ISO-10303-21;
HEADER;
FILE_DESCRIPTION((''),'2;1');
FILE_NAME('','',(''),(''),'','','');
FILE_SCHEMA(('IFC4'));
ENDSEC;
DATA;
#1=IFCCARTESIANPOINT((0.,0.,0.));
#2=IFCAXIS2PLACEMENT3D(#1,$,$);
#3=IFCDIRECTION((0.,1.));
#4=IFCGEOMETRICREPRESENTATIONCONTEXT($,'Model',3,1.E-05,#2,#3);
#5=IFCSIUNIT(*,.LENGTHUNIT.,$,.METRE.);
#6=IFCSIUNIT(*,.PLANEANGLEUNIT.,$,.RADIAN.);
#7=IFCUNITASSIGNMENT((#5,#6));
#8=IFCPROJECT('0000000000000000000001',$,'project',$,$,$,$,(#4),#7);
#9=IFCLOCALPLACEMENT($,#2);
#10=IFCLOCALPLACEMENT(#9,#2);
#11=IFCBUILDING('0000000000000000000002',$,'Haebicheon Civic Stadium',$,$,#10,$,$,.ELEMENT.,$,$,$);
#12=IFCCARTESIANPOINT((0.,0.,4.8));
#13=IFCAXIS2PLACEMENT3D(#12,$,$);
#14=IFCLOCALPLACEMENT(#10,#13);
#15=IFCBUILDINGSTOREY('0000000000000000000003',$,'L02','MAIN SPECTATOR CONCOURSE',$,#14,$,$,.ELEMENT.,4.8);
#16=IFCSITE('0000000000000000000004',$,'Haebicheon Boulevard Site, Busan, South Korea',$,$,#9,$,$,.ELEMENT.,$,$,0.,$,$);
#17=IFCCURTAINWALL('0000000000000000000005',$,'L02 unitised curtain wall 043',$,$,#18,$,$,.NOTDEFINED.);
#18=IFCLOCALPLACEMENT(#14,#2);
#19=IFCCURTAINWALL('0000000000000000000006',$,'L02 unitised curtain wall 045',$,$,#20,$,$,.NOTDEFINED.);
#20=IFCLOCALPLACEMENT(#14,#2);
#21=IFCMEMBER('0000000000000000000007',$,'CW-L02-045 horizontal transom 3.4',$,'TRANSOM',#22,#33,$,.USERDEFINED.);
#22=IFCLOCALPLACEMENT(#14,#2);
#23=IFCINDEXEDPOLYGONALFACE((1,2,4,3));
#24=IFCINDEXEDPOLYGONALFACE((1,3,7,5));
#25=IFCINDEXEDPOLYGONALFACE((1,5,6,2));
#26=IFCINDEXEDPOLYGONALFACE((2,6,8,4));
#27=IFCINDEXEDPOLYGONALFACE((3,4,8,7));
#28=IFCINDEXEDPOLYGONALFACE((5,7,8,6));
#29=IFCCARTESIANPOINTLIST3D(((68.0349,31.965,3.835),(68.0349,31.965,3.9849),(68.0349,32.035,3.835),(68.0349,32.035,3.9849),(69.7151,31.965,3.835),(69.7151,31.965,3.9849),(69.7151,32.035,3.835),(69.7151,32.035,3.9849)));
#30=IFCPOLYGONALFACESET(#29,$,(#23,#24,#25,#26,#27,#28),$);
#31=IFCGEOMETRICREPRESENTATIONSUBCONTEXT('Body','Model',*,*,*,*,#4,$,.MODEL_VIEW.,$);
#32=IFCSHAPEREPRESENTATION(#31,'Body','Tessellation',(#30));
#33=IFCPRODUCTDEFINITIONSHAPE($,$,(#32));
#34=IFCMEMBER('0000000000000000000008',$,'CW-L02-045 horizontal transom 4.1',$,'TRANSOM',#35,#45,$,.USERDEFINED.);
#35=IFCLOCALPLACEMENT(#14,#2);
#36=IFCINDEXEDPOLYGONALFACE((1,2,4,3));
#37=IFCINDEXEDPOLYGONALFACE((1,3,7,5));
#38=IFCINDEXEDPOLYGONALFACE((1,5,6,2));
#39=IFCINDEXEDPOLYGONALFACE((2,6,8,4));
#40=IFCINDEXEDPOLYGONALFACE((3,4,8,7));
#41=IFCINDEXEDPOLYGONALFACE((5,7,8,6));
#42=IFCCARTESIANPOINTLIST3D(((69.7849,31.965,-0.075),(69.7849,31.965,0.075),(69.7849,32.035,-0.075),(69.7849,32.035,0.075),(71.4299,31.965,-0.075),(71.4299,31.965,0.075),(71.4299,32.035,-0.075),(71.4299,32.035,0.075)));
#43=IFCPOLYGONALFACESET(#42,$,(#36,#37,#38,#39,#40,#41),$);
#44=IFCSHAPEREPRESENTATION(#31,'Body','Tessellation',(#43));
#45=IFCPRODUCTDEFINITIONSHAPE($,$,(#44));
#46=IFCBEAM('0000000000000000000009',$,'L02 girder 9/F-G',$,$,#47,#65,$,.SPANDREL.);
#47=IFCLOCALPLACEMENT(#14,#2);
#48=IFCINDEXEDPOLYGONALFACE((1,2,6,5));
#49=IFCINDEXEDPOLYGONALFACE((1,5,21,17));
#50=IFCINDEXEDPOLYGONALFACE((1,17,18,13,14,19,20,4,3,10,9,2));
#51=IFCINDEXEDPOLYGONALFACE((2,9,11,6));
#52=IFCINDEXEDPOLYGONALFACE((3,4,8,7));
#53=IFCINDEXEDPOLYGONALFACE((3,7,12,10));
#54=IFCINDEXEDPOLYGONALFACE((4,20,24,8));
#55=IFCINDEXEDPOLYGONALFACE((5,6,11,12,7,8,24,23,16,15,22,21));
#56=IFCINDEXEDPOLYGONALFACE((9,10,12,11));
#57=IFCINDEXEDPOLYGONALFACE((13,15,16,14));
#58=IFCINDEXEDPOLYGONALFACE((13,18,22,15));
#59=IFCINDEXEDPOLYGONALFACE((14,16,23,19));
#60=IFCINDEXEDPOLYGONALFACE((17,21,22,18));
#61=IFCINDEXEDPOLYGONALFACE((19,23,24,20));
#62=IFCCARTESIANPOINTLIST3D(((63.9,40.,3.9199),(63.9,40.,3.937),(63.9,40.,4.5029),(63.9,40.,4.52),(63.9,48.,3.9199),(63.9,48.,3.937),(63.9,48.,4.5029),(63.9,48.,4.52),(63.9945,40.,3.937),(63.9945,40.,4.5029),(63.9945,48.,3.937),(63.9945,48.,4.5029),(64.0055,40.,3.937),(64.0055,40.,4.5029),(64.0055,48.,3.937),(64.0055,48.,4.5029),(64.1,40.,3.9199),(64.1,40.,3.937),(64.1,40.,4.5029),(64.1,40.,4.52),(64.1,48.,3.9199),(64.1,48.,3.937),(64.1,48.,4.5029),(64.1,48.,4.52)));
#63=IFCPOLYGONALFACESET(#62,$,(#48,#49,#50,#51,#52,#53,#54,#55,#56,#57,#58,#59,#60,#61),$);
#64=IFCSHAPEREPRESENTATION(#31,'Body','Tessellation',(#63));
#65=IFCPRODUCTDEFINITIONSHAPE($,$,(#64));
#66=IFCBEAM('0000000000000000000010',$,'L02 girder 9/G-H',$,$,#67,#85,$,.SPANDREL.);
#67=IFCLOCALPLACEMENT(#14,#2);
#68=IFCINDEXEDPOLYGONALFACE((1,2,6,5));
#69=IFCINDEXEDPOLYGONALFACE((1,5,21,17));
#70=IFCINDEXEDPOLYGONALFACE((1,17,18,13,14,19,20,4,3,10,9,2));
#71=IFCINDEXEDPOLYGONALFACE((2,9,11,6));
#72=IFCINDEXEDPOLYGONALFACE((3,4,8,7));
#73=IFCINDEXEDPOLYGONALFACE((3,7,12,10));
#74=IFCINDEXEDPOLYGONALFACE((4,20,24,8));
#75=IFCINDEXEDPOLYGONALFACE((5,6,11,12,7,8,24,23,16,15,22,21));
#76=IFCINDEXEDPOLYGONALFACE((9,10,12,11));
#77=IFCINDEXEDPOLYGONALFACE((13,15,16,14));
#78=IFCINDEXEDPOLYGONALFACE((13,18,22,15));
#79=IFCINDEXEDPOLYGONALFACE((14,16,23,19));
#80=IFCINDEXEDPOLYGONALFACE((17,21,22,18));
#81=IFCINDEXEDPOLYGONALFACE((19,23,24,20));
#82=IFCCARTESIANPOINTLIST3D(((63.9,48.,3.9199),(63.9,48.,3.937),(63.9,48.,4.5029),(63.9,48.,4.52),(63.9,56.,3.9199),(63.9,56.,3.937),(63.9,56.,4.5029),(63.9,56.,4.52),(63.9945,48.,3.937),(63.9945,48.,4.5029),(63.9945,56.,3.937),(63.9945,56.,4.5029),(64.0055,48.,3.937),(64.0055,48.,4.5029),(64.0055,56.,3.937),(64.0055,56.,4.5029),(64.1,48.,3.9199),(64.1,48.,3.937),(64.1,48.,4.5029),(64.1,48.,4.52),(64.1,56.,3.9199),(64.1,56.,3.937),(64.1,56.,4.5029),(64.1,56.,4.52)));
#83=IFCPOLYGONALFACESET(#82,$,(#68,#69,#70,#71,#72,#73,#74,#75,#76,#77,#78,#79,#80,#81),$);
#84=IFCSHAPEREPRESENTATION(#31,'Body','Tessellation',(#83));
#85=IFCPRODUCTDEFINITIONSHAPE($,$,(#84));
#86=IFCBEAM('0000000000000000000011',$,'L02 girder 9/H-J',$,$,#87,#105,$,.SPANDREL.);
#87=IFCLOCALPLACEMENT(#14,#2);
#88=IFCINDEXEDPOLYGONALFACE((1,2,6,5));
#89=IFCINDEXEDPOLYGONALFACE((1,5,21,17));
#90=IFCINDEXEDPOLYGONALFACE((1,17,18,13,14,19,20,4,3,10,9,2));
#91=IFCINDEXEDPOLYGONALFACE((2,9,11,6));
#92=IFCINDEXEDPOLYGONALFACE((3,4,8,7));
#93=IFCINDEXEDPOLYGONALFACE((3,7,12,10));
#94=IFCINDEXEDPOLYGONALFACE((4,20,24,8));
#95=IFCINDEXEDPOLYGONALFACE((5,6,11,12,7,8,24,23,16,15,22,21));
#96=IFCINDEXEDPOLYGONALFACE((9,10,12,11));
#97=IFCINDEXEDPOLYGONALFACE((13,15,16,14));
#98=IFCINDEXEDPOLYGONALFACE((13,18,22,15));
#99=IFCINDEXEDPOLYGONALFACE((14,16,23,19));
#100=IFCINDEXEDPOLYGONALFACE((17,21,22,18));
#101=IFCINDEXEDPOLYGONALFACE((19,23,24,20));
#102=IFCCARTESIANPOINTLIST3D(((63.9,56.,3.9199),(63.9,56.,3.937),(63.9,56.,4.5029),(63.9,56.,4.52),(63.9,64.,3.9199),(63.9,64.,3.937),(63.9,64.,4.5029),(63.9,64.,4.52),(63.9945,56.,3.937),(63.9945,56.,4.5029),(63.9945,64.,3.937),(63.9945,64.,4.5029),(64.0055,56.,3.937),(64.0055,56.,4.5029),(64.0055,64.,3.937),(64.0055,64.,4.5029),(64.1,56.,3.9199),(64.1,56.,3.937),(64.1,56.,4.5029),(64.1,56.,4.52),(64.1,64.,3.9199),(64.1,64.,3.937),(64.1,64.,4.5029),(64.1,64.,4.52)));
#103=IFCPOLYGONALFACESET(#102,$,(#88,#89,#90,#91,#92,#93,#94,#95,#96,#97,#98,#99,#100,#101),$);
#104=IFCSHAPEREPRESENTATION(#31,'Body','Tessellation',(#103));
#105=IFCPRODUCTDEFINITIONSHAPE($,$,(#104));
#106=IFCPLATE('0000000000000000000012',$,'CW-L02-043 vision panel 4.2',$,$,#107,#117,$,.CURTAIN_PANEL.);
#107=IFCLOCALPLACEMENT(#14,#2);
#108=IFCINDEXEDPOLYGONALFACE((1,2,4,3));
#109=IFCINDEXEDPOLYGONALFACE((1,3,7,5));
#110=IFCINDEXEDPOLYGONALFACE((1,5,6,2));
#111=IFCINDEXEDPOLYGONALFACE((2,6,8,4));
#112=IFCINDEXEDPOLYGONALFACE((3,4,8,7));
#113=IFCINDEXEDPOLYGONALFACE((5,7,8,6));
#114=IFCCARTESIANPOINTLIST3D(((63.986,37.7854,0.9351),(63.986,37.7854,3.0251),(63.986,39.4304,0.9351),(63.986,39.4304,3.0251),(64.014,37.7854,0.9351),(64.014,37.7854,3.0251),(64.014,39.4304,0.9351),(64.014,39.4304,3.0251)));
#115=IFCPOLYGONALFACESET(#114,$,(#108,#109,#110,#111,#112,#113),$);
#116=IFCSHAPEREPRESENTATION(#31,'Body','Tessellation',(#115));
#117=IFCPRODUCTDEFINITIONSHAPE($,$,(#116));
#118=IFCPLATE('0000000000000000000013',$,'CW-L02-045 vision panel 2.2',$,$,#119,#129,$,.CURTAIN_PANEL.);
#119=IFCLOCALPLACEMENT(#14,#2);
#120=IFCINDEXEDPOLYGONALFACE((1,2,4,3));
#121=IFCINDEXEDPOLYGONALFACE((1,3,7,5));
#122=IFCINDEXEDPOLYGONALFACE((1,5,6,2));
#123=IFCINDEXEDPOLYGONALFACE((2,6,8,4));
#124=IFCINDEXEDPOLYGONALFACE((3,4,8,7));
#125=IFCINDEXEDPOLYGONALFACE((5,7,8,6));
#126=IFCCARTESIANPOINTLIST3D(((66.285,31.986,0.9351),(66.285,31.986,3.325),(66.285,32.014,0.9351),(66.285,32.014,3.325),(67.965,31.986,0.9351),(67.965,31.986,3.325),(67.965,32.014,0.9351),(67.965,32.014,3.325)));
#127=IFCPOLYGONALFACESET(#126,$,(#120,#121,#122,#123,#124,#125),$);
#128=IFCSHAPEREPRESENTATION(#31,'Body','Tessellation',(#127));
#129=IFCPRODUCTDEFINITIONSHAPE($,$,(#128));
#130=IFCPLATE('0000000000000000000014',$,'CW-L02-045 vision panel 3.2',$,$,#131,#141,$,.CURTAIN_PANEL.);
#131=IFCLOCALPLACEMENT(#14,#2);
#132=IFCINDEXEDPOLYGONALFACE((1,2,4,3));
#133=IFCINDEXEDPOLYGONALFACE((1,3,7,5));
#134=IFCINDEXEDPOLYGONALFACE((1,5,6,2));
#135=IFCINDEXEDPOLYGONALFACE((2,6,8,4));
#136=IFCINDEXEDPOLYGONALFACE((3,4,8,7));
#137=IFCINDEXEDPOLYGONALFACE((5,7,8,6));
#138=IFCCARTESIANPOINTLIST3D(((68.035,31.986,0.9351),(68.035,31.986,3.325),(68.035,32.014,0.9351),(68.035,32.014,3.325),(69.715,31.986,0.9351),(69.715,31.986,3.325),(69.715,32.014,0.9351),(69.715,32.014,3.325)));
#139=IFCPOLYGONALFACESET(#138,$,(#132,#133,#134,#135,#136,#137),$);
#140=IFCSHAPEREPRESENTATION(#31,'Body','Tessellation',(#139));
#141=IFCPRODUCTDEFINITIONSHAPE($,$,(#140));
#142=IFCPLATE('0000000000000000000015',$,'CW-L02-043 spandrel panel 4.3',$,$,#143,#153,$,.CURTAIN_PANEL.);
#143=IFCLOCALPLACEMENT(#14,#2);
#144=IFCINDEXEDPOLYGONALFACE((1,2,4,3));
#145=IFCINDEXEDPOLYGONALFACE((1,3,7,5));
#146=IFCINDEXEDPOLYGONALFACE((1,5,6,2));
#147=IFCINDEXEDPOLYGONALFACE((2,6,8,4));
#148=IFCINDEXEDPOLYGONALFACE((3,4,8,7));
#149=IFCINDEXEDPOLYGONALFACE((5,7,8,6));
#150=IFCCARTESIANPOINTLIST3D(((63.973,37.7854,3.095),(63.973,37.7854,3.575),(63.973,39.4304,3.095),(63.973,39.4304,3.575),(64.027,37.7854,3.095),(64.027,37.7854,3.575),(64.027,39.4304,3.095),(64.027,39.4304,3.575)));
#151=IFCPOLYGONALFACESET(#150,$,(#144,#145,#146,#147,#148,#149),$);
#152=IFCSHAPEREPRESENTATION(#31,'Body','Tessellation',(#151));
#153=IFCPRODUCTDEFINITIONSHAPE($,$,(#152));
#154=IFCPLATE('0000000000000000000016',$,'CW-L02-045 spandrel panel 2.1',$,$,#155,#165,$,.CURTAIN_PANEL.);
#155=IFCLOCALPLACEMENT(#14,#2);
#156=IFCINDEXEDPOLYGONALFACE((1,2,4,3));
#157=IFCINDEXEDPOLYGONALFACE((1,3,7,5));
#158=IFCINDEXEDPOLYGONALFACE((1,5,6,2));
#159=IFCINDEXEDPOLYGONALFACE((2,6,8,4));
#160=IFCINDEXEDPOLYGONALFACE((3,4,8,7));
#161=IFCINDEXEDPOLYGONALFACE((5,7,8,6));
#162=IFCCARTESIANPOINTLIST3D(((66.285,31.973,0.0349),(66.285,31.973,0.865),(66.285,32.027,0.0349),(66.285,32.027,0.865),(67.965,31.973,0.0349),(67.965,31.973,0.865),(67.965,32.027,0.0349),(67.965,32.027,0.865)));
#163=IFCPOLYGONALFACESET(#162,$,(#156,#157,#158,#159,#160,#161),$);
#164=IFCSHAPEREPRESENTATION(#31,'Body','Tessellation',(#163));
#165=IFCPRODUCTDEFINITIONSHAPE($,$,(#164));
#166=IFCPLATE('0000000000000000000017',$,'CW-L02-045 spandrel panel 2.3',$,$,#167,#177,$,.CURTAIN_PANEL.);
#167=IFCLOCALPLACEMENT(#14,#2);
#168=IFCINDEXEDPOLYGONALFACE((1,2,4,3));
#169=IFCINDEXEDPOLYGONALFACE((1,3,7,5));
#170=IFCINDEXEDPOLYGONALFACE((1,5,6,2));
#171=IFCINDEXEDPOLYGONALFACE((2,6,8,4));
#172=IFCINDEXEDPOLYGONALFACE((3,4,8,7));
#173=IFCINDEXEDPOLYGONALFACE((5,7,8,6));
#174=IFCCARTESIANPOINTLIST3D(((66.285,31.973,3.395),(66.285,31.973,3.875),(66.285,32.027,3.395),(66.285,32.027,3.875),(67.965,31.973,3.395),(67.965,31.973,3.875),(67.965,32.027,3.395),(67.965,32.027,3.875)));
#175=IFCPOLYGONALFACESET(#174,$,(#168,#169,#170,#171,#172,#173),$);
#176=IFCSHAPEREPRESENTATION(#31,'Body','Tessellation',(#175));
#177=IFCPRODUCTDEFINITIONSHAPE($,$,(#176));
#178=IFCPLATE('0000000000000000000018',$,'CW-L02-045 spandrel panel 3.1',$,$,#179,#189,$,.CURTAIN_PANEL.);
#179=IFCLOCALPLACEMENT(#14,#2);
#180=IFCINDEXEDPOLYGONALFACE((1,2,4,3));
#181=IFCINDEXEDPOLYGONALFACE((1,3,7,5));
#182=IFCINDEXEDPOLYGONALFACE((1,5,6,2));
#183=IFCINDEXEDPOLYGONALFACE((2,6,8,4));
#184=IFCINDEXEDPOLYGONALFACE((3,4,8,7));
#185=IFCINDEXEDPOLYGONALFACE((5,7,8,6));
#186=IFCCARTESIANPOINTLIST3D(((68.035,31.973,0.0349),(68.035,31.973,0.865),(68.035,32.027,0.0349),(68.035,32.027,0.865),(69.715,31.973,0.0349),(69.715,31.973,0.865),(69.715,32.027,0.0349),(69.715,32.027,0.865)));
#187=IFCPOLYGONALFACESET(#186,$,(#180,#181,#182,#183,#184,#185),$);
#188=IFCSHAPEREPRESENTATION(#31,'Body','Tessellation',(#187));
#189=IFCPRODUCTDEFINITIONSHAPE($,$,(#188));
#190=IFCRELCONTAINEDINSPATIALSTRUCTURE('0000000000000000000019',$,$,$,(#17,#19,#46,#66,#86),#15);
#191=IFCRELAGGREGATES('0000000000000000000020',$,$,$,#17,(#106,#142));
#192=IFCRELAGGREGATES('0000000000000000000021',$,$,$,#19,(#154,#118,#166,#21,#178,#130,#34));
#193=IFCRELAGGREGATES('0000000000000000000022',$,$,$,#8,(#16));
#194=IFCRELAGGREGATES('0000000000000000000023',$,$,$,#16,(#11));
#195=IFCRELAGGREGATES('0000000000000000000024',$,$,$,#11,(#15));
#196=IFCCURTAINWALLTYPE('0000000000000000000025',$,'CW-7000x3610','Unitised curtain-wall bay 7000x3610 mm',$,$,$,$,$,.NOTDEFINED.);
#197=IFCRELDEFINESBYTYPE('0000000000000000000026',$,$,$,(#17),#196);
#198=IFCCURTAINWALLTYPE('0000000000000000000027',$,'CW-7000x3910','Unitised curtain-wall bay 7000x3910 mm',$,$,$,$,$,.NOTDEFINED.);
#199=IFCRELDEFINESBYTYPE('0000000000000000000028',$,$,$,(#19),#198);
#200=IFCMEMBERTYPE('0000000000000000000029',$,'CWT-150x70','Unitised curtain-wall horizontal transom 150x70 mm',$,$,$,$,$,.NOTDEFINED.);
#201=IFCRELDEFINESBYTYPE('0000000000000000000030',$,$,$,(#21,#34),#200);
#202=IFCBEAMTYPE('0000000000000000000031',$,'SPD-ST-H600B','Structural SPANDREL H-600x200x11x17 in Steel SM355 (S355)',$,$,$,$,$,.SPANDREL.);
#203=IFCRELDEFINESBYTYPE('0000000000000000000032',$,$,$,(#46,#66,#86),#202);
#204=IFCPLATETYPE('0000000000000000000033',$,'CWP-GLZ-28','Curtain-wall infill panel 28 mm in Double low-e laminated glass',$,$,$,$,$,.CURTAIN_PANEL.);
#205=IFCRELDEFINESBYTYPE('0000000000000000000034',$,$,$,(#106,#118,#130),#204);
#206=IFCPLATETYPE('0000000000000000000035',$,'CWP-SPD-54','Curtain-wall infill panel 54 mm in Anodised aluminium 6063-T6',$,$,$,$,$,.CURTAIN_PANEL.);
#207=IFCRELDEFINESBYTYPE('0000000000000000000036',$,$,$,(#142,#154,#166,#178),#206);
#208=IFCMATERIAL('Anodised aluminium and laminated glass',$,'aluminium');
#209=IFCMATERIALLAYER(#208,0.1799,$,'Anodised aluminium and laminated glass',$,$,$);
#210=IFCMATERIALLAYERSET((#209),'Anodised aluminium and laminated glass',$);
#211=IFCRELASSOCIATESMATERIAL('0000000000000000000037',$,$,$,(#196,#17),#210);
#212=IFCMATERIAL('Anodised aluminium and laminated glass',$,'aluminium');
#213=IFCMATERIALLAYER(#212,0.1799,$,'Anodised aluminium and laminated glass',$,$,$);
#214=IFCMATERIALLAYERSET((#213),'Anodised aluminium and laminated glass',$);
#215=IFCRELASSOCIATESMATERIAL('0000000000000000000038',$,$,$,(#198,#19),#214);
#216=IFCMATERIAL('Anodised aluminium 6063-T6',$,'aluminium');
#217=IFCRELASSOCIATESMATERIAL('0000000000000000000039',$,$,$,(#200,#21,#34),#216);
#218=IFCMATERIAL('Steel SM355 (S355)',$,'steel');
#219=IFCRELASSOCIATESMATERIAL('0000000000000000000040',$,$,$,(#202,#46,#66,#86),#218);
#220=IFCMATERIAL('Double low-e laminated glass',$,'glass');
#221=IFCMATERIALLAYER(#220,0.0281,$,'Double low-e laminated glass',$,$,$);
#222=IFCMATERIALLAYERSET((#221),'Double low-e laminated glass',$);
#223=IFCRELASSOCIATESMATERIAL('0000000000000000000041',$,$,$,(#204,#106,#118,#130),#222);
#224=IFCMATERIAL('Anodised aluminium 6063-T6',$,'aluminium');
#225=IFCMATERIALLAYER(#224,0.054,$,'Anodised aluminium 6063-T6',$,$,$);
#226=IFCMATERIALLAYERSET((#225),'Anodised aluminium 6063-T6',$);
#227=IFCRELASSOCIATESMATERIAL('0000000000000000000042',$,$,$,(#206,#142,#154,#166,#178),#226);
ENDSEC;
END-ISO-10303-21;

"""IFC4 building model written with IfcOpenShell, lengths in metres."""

from ifc_helpers import new_model, si_unit, direction, frame, origin, origin_2d, place, context, subcontext, project, spatial, rectangle, i_section, extrude, material, layer, layer_set, material_profile, profile_set, type_object, element, aggregate, save


model = new_model("IFC4")

# Units and contexts
model_context = context("Model", 3, precision=1e-05, world=origin(), true_north=direction((0.0, 1.0)))
body_context = subcontext(model_context, "Body", "Model", "MODEL_VIEW")
ifc_project = project(units=[si_unit("LENGTHUNIT", "METRE"), si_unit("PLANEANGLEUNIT", "RADIAN")], contexts=[model_context])

# Site, building, storey
site_placement = place(None, origin())
site = spatial("IfcSite", under=ifc_project, at=site_placement, Name="Haebicheon Boulevard Site, Busan, South Korea", CompositionType="ELEMENT", RefElevation=0.0)
building_placement = place(site_placement, origin())
building = spatial("IfcBuilding", under=site, at=building_placement, Name="Haebicheon Civic Stadium", CompositionType="ELEMENT")
storey_placement = place(building_placement, frame((0.0, 0.0, 4.8)))
storey = spatial("IfcBuildingStorey", under=building, at=storey_placement, Name="L02", Description="MAIN SPECTATOR CONCOURSE", CompositionType="ELEMENT", Elevation=4.8)

# Curtain wall
ifc_material_1 = material(Name="Anodised aluminium and laminated glass", Category="aluminium")
ifc_layer_1 = layer(ifc_material_1, 0.1799, Name="Anodised aluminium and laminated glass")
ifc_layer_set_1 = layer_set([ifc_layer_1], Name="Anodised aluminium and laminated glass")
curtain_wall_type_1 = type_object("IfcCurtainWallType", Name="CW-7000x3610", Description="Unitised curtain-wall bay 7000x3610 mm", PredefinedType="NOTDEFINED", material=ifc_layer_set_1)
curtain_wall_1_placement = place(storey_placement, origin())
curtain_wall_1 = element("IfcCurtainWall", 1, at=curtain_wall_1_placement, inside=storey, type_object=curtain_wall_type_1, material=ifc_layer_set_1, Name="L02 unitised curtain wall 043", PredefinedType="NOTDEFINED")

# Curtain wall, members
ifc_material_2 = material(Name="Anodised aluminium and laminated glass", Category="aluminium")
ifc_layer_2 = layer(ifc_material_2, 0.1799, Name="Anodised aluminium and laminated glass")
ifc_layer_set_2 = layer_set([ifc_layer_2], Name="Anodised aluminium and laminated glass")
curtain_wall_type_2 = type_object("IfcCurtainWallType", Name="CW-7000x3910", Description="Unitised curtain-wall bay 7000x3910 mm", PredefinedType="NOTDEFINED", material=ifc_layer_set_2)
curtain_wall_2_placement = place(storey_placement, origin())
curtain_wall_2 = element("IfcCurtainWall", 2, at=curtain_wall_2_placement, inside=storey, type_object=curtain_wall_type_2, material=ifc_layer_set_2, Name="L02 unitised curtain wall 045", PredefinedType="NOTDEFINED")
ifc_material_3 = material(Name="Anodised aluminium 6063-T6", Category="aluminium")
ifc_material_profile_1 = material_profile(ifc_material_3, rectangle(XDim=0.0701, YDim=0.1499, at=origin_2d()), Name="ALU-TRAN-70x150")
ifc_profile_set_1 = profile_set([ifc_material_profile_1], Name="Anodised aluminium 6063-T6")
member_type_1 = type_object("IfcMemberType", Name="CWT-150x70", Description="Unitised curtain-wall horizontal transom 150x70 mm", PredefinedType="NOTDEFINED", material=ifc_profile_set_1)
member_1_placement = place(storey_placement, frame((68.0349, 32.0, 3.9099), z_axis=(1.0, 0.0, 0.0), x_axis=(0.0, 1.0, 0.0)))
member_1 = element("IfcMember", 3, at=member_1_placement, type_object=member_type_1, material=ifc_profile_set_1, Name="CW-L02-045 horizontal transom 3.4", ObjectType="TRANSOM", PredefinedType="USERDEFINED", context=body_context, shape_type="SweptSolid", body=[
    extrude(rectangle(XDim=0.0701, YDim=0.1499, at=origin_2d()), origin(), (0.0, 0.0, 1.0), 1.6802),
])
member_2_placement = place(storey_placement, frame((69.7849, 32.0, 0.0), z_axis=(1.0, 0.0, 0.0), x_axis=(0.0, 1.0, 0.0)))
member_2 = element("IfcMember", 4, at=member_2_placement, type_object=member_type_1, material=ifc_profile_set_1, Name="CW-L02-045 horizontal transom 4.1", ObjectType="TRANSOM", PredefinedType="USERDEFINED", context=body_context, shape_type="SweptSolid", body=[
    extrude(rectangle(XDim=0.0701, YDim=0.1499, at=origin_2d()), origin(), (0.0, 0.0, 1.0), 1.645),
])

# Beams
ifc_material_4 = material(Name="Steel SM355 (S355)", Category="steel")
ifc_material_profile_2 = material_profile(ifc_material_4, i_section(OverallWidth=0.2, OverallDepth=0.6001, WebThickness=0.011, FlangeThickness=0.0171, at=origin_2d()), Name="H-600x200x11x17")
ifc_profile_set_2 = profile_set([ifc_material_profile_2], Name="Steel SM355 (S355)")
beam_type_1 = type_object("IfcBeamType", Name="SPD-ST-H600B", Description="Structural SPANDREL H-600x200x11x17 in Steel SM355 (S355)", PredefinedType="SPANDREL", material=ifc_profile_set_2)
for number, where, z_axis, x_axis, name in (
    (5, (64.0, 40.0, 4.22), (0.0, 1.0, 0.0), (-1.0, 0.0, 0.0), "L02 girder 9/F-G"),
    (6, (64.0, 48.0, 4.22), (0.0, 1.0, 0.0), (-1.0, 0.0, 0.0), "L02 girder 9/G-H"),
    (7, (64.0, 56.0, 4.22), (0.0, 1.0, 0.0), (-1.0, 0.0, 0.0), "L02 girder 9/H-J"),
):
    element("IfcBeam", number, at=place(storey_placement, frame(where, z_axis=z_axis, x_axis=x_axis)), inside=storey, type_object=beam_type_1, material=ifc_profile_set_2, Name=name, PredefinedType="SPANDREL", context=body_context, shape_type="SweptSolid", body=[
        extrude(i_section(OverallWidth=0.2, OverallDepth=0.6001, WebThickness=0.011, FlangeThickness=0.0171, at=origin_2d()), origin(), (0.0, 0.0, 1.0), 8.0),
    ])

# Plates
ifc_material_5 = material(Name="Double low-e laminated glass", Category="glass")
ifc_layer_3 = layer(ifc_material_5, 0.0281, Name="Double low-e laminated glass")
ifc_layer_set_3 = layer_set([ifc_layer_3], Name="Double low-e laminated glass")
plate_type_1 = type_object("IfcPlateType", Name="CWP-GLZ-28", Description="Curtain-wall infill panel 28 mm in Double low-e laminated glass", PredefinedType="CURTAIN_PANEL", material=ifc_layer_set_3)
plate_1_placement = place(storey_placement, frame((64.0, 38.6079, 0.9351), z_axis=(0.0, 0.0, 1.0), x_axis=(0.0, 1.0, 0.0)))
plate_1 = element("IfcPlate", 8, at=plate_1_placement, type_object=plate_type_1, material=ifc_layer_set_3, Name="CW-L02-043 vision panel 4.2", PredefinedType="CURTAIN_PANEL", context=body_context, shape_type="SweptSolid", body=[
    extrude(rectangle(XDim=1.645, YDim=0.0281, at=origin_2d()), origin(), (0.0, 0.0, 1.0), 2.0901),
])
plate_2_placement = place(storey_placement, frame((67.125, 32.0, 0.9351), z_axis=(0.0, 0.0, 1.0), x_axis=(1.0, 0.0, 0.0)))
plate_2 = element("IfcPlate", 9, at=plate_2_placement, type_object=plate_type_1, material=ifc_layer_set_3, Name="CW-L02-045 vision panel 2.2", PredefinedType="CURTAIN_PANEL", context=body_context, shape_type="SweptSolid", body=[
    extrude(rectangle(XDim=1.6799, YDim=0.0281, at=origin_2d()), origin(), (0.0, 0.0, 1.0), 2.3899),
])
plate_3_placement = place(storey_placement, frame((68.875, 32.0, 0.9351), z_axis=(0.0, 0.0, 1.0), x_axis=(1.0, 0.0, 0.0)))
plate_3 = element("IfcPlate", 10, at=plate_3_placement, type_object=plate_type_1, material=ifc_layer_set_3, Name="CW-L02-045 vision panel 3.2", PredefinedType="CURTAIN_PANEL", context=body_context, shape_type="SweptSolid", body=[
    extrude(rectangle(XDim=1.6799, YDim=0.0281, at=origin_2d()), origin(), (0.0, 0.0, 1.0), 2.3899),
])
ifc_material_6 = material(Name="Anodised aluminium 6063-T6", Category="aluminium")
ifc_layer_4 = layer(ifc_material_6, 0.054, Name="Anodised aluminium 6063-T6")
ifc_layer_set_4 = layer_set([ifc_layer_4], Name="Anodised aluminium 6063-T6")
plate_type_2 = type_object("IfcPlateType", Name="CWP-SPD-54", Description="Curtain-wall infill panel 54 mm in Anodised aluminium 6063-T6", PredefinedType="CURTAIN_PANEL", material=ifc_layer_set_4)
plate_4_placement = place(storey_placement, frame((64.0, 38.6079, 3.095), z_axis=(0.0, 0.0, 1.0), x_axis=(0.0, 1.0, 0.0)))
plate_4 = element("IfcPlate", 11, at=plate_4_placement, type_object=plate_type_2, material=ifc_layer_set_4, Name="CW-L02-043 spandrel panel 4.3", PredefinedType="CURTAIN_PANEL", context=body_context, shape_type="SweptSolid", body=[
    extrude(rectangle(XDim=1.645, YDim=0.054, at=origin_2d()), origin(), (0.0, 0.0, 1.0), 0.48),
])
aggregate(curtain_wall_1, [plate_1, plate_4])
plate_5_placement = place(storey_placement, frame((67.125, 32.0, 0.0349), z_axis=(0.0, 0.0, 1.0), x_axis=(1.0, 0.0, 0.0)))
plate_5 = element("IfcPlate", 12, at=plate_5_placement, type_object=plate_type_2, material=ifc_layer_set_4, Name="CW-L02-045 spandrel panel 2.1", PredefinedType="CURTAIN_PANEL", context=body_context, shape_type="SweptSolid", body=[
    extrude(rectangle(XDim=1.6799, YDim=0.054, at=origin_2d()), origin(), (0.0, 0.0, 1.0), 0.8301),
])
plate_6_placement = place(storey_placement, frame((67.125, 32.0, 3.395), z_axis=(0.0, 0.0, 1.0), x_axis=(1.0, 0.0, 0.0)))
plate_6 = element("IfcPlate", 13, at=plate_6_placement, type_object=plate_type_2, material=ifc_layer_set_4, Name="CW-L02-045 spandrel panel 2.3", PredefinedType="CURTAIN_PANEL", context=body_context, shape_type="SweptSolid", body=[
    extrude(rectangle(XDim=1.6799, YDim=0.054, at=origin_2d()), origin(), (0.0, 0.0, 1.0), 0.48),
])
plate_7_placement = place(storey_placement, frame((68.875, 32.0, 0.0349), z_axis=(0.0, 0.0, 1.0), x_axis=(1.0, 0.0, 0.0)))
plate_7 = element("IfcPlate", 14, at=plate_7_placement, type_object=plate_type_2, material=ifc_layer_set_4, Name="CW-L02-045 spandrel panel 3.1", PredefinedType="CURTAIN_PANEL", context=body_context, shape_type="SweptSolid", body=[
    extrude(rectangle(XDim=1.6799, YDim=0.054, at=origin_2d()), origin(), (0.0, 0.0, 1.0), 0.8301),
])
aggregate(curtain_wall_2, [plate_5, plate_2, plate_6, member_1, plate_7, plate_3, member_2])

save(model, "model.ifc")
